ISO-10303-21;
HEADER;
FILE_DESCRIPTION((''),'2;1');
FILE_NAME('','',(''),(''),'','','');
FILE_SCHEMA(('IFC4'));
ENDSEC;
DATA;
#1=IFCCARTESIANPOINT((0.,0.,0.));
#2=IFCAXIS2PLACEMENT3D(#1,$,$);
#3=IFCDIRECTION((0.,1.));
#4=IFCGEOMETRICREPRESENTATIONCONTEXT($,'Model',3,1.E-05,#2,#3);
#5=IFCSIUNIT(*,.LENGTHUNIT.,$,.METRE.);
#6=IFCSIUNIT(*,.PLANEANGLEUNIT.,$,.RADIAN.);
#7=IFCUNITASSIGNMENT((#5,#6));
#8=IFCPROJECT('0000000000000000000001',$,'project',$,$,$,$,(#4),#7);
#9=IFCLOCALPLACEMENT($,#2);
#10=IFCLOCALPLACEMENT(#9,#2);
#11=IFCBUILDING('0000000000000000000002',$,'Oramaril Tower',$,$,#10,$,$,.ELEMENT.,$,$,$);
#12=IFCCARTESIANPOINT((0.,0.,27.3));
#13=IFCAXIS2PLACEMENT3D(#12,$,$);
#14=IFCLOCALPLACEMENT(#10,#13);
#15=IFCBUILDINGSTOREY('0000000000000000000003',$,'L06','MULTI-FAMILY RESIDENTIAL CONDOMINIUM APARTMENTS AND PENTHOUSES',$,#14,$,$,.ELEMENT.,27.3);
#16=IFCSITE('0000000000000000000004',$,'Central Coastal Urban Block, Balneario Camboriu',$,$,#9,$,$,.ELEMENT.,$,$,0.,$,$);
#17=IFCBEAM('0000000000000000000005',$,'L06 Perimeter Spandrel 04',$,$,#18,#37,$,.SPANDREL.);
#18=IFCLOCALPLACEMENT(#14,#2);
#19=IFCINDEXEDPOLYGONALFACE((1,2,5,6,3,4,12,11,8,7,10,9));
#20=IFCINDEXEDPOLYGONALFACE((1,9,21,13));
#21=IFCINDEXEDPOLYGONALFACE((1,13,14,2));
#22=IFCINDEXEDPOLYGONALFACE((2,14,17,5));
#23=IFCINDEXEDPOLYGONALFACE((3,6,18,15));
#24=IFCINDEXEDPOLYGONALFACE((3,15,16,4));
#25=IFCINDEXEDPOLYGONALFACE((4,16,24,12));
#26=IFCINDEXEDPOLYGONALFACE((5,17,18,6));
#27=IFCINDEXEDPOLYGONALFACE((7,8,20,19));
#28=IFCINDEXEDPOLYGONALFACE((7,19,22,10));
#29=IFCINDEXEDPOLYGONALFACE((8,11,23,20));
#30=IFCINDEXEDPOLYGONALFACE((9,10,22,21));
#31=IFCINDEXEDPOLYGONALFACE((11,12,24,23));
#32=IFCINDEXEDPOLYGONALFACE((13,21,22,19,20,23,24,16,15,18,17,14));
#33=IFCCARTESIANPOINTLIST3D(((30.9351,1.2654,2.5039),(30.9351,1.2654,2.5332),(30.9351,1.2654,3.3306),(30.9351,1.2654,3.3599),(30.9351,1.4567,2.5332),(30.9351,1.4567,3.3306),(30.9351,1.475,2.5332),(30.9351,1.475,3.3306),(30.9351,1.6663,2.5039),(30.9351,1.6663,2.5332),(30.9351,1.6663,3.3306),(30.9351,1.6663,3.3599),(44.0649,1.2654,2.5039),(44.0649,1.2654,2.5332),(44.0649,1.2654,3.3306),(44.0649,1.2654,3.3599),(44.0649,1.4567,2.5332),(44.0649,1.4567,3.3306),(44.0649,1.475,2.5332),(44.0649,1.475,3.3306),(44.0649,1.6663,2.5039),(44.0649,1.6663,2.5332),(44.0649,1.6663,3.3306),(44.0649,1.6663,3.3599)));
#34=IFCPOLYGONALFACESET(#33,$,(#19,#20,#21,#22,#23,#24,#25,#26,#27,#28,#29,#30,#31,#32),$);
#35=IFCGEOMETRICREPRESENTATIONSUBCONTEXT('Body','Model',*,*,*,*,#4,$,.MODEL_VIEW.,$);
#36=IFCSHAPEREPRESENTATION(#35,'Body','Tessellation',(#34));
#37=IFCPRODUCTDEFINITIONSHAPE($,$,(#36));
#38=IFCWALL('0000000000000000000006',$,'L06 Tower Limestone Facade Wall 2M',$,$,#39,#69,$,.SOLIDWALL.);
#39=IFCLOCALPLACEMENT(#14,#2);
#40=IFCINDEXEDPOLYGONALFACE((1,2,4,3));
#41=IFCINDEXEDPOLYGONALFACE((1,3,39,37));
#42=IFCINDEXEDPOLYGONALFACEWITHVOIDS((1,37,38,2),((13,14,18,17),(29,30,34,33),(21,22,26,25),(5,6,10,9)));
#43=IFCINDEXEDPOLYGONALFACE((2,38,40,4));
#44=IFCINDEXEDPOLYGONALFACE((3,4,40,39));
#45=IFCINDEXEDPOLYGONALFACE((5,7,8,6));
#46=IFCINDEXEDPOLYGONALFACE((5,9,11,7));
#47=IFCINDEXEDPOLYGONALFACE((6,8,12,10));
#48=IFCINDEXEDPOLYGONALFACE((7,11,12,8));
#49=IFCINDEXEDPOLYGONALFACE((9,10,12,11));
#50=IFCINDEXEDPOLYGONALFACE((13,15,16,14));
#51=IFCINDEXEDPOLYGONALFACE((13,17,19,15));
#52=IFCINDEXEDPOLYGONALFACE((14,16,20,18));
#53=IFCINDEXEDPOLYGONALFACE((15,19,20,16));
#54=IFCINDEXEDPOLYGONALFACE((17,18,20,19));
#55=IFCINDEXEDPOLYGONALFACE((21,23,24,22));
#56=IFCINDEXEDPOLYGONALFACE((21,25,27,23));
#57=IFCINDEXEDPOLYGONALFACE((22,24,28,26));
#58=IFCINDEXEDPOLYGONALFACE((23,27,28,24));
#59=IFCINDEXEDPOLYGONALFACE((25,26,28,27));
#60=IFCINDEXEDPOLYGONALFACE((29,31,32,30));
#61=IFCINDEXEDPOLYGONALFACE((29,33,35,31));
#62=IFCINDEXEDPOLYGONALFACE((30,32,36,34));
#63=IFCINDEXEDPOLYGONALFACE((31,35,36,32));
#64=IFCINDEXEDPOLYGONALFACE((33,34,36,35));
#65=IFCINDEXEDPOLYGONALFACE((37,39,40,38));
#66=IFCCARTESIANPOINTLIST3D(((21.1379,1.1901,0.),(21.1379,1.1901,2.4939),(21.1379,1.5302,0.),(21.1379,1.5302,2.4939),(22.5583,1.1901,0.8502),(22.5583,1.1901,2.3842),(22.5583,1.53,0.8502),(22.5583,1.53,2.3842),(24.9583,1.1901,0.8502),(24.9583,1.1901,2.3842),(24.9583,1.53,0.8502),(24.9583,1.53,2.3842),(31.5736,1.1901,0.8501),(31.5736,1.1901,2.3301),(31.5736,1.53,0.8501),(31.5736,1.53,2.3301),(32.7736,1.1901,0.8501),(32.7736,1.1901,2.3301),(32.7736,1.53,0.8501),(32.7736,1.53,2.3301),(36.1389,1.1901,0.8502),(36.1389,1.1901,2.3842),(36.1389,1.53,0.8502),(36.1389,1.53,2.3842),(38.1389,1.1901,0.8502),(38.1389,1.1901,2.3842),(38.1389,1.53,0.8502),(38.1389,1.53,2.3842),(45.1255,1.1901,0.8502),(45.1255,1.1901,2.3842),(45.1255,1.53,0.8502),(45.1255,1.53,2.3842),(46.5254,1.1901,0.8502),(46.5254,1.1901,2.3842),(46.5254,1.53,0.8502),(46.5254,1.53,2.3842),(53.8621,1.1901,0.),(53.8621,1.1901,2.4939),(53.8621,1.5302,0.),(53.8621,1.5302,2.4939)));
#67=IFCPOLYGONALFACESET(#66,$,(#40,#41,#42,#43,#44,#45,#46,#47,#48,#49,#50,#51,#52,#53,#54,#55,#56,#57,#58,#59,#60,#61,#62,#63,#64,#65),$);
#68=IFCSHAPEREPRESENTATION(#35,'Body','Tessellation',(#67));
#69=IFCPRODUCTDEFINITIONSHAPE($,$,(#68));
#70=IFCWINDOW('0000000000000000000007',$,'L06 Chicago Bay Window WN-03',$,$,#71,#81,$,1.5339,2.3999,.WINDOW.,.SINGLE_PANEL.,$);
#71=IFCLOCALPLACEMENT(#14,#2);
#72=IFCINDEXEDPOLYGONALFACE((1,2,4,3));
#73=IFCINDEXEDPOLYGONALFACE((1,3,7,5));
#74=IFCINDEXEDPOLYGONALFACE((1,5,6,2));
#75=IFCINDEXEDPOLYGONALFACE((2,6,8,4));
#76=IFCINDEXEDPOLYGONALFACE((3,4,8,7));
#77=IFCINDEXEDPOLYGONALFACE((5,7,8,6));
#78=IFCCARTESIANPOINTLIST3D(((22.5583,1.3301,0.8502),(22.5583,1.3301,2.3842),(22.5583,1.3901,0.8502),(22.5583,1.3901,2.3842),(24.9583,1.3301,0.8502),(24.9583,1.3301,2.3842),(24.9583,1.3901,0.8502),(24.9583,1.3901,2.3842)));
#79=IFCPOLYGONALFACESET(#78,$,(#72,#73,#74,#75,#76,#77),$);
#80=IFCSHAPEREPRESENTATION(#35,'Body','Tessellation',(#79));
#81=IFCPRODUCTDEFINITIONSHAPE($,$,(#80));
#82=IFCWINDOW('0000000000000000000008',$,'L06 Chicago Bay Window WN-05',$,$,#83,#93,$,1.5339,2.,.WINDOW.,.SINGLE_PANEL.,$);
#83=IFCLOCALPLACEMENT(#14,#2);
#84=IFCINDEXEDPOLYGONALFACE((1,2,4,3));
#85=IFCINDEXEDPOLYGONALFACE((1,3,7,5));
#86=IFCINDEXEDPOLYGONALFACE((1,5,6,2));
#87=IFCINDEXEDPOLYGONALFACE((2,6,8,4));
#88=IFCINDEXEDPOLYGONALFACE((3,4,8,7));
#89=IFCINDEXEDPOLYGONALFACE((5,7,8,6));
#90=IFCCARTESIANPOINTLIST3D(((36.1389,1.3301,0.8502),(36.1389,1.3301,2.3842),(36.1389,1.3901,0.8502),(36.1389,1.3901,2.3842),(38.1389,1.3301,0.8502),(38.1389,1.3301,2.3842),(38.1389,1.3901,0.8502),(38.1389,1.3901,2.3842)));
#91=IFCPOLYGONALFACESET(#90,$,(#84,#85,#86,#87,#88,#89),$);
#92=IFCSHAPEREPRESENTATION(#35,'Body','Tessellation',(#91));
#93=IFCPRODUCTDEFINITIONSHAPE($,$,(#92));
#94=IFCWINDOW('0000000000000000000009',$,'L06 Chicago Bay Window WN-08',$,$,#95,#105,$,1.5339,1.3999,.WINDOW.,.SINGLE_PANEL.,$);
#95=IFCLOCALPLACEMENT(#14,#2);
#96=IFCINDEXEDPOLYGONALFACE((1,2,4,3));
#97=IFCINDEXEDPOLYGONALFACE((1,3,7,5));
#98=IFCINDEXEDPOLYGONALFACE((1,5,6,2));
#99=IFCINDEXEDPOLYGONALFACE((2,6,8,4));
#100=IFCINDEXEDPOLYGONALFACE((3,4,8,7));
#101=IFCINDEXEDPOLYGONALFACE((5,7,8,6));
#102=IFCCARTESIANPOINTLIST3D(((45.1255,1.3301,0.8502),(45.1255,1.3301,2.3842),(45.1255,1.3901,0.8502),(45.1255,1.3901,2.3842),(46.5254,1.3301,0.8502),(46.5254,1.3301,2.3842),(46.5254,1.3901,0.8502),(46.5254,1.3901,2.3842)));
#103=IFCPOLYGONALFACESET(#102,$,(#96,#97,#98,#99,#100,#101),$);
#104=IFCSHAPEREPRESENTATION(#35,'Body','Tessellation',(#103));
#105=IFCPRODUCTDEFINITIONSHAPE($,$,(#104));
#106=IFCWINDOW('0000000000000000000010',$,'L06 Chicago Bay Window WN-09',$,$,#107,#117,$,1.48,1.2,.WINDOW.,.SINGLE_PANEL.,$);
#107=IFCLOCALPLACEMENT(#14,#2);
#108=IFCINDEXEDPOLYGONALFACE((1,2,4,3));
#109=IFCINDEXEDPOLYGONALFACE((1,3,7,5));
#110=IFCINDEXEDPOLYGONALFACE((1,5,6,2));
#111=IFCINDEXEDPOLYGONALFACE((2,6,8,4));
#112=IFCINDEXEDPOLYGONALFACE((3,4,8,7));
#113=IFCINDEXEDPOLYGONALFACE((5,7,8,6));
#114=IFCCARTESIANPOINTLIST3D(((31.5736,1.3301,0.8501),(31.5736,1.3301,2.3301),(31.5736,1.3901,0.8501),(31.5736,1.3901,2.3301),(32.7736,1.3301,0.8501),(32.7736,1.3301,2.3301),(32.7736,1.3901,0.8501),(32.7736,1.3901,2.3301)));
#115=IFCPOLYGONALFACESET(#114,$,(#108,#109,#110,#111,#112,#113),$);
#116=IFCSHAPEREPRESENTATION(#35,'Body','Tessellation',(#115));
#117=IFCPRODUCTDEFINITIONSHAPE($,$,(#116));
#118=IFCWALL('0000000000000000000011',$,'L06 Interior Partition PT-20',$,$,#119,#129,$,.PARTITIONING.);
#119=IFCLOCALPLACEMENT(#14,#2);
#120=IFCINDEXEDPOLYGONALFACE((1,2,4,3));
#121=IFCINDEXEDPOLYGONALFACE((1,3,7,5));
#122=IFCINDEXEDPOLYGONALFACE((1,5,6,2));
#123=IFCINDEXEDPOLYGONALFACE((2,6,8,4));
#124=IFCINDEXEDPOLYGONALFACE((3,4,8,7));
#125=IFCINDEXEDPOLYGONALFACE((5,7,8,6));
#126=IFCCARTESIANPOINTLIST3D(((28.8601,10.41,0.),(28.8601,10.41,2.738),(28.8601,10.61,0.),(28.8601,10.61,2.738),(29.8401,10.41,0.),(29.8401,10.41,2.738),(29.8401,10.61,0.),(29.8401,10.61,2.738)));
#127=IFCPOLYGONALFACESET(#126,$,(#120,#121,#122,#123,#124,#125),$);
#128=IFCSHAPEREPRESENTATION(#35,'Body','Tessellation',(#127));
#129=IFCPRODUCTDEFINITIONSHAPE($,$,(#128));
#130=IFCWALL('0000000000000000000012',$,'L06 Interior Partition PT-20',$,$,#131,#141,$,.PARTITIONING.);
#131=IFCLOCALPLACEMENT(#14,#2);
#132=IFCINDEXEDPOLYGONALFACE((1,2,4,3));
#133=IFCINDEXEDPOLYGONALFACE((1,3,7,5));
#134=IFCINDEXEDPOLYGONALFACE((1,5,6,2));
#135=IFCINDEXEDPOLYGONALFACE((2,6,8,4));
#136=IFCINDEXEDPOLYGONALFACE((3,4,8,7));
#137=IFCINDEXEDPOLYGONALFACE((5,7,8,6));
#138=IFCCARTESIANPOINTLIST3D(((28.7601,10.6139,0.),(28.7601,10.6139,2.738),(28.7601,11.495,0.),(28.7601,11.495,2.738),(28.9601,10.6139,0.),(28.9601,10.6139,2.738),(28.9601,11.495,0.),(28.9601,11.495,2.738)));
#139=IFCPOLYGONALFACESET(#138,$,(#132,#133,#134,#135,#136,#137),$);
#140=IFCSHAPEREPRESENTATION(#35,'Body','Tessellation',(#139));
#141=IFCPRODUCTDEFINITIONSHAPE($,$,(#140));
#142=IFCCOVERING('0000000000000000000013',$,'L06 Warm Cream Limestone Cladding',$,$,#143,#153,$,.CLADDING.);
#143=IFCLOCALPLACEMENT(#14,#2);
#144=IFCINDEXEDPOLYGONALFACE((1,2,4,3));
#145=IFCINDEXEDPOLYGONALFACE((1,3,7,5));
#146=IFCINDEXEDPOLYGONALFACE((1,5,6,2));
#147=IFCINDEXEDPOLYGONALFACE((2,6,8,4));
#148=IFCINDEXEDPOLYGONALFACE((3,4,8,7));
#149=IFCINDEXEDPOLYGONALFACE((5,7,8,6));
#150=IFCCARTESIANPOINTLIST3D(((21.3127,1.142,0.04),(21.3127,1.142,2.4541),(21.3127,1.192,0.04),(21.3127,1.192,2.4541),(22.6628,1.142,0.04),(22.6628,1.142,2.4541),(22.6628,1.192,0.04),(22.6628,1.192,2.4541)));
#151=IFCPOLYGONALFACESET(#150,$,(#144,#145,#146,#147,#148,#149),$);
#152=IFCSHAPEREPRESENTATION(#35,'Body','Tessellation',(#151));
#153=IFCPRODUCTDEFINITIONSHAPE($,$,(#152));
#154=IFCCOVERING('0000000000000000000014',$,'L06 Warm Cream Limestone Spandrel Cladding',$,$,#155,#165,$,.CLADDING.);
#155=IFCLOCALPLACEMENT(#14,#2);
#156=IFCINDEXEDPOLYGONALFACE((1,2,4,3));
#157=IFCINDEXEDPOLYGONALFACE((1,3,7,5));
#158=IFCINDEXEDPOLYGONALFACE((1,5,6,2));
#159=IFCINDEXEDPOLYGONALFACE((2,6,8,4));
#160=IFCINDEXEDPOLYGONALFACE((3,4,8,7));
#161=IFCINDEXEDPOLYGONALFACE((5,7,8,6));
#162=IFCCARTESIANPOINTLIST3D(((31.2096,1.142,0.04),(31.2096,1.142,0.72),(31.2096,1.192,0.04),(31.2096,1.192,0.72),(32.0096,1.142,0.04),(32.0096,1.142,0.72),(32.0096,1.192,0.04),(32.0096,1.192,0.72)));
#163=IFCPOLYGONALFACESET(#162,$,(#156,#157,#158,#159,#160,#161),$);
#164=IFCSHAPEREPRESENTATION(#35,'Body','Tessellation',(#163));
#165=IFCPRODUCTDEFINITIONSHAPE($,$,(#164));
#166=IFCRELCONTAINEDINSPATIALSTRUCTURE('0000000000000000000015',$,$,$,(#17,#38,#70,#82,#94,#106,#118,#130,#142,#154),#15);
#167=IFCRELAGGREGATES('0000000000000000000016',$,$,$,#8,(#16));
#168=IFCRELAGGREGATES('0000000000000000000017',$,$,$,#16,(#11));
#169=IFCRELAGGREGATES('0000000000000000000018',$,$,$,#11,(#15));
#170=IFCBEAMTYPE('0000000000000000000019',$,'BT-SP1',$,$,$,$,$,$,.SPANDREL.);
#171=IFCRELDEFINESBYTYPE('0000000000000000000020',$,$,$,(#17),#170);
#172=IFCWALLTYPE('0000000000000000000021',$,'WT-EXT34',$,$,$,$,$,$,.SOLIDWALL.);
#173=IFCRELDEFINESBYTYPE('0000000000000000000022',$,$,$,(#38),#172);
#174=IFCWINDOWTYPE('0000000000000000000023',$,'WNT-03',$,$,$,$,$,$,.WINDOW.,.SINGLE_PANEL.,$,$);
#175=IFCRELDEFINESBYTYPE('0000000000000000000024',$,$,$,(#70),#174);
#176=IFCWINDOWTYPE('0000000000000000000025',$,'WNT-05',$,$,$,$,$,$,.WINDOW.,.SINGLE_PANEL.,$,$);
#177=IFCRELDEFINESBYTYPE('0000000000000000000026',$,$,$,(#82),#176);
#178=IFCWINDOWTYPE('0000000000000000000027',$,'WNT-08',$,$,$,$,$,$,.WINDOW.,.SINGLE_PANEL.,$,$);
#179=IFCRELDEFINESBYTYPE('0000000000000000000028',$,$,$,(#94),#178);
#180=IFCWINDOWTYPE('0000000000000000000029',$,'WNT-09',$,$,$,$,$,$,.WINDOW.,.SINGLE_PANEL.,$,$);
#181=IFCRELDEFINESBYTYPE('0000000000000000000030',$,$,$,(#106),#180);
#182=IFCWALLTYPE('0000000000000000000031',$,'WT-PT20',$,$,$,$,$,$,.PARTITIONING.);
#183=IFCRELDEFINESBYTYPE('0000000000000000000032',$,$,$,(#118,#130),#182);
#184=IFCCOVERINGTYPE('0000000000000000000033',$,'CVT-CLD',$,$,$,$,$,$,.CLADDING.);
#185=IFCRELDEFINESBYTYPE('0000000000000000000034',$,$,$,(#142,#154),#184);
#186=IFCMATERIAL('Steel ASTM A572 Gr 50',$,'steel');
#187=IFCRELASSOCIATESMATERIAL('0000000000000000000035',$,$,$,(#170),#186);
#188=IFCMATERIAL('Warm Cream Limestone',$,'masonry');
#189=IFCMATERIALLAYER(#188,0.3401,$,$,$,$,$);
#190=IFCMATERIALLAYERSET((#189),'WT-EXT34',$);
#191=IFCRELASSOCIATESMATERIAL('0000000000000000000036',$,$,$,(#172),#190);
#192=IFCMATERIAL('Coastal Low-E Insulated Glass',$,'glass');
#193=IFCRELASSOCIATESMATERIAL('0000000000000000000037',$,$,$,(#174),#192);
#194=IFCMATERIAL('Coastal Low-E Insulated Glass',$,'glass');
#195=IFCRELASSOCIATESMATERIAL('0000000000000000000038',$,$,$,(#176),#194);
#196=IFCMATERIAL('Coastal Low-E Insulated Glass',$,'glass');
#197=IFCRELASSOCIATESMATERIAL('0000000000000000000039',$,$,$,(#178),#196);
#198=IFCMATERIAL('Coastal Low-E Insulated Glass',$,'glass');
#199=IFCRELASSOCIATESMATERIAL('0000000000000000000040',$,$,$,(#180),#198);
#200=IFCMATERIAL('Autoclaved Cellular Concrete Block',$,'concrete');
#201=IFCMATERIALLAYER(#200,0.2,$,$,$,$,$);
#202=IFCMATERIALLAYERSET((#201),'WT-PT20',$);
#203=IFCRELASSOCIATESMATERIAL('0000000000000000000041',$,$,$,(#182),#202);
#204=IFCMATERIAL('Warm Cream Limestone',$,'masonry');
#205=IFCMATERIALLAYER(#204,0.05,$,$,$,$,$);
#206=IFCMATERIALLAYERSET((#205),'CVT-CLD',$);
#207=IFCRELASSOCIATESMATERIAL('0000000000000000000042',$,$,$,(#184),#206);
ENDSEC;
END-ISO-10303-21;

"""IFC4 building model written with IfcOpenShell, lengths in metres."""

from ifc_helpers import new_model, si_unit, direction, frame, frame_2d, origin, origin_2d, place, context, subcontext, project, spatial, rectangle, i_section, extrude, material, layer, layer_set, material_profile, profile_set, type_object, element, fill, save


model = new_model("IFC4")

# Units and contexts
model_context = context("Model", 3, precision=1e-05, world=origin(), true_north=direction((0.0, 1.0)))
body_context = subcontext(model_context, "Body", "Model", "MODEL_VIEW")
ifc_project = project(units=[si_unit("LENGTHUNIT", "METRE"), si_unit("PLANEANGLEUNIT", "RADIAN")], contexts=[model_context])

# Site, building, storey
site_placement = place(None, origin())
site = spatial("IfcSite", under=ifc_project, at=site_placement, Name="Central Coastal Urban Block, Balneario Camboriu", CompositionType="ELEMENT", RefElevation=0.0)
building_placement = place(site_placement, origin())
building = spatial("IfcBuilding", under=site, at=building_placement, Name="Oramaril Tower", CompositionType="ELEMENT")
storey_placement = place(building_placement, frame((0.0, 0.0, 27.3)))
storey = spatial("IfcBuildingStorey", under=building, at=storey_placement, Name="L06", Description="MULTI-FAMILY RESIDENTIAL CONDOMINIUM APARTMENTS AND PENTHOUSES", CompositionType="ELEMENT", Elevation=27.3)

# Beam
ifc_material_1 = material(Name="Steel ASTM A572 Gr 50", Category="steel")
ifc_material_profile_1 = material_profile(ifc_material_1, i_section(OverallWidth=0.4009, OverallDepth=0.856, WebThickness=0.0183, FlangeThickness=0.0293, at=origin_2d()), Name="W33X201")
ifc_profile_set_1 = profile_set([ifc_material_profile_1], Name="Steel ASTM A572 Gr 50")
beam_type_1 = type_object("IfcBeamType", Name="BT-SP1", PredefinedType="SPANDREL", material=ifc_profile_set_1)
beam_1_placement = place(storey_placement, frame((30.9351, 1.4658, 2.9319), z_axis=(1.0, 0.0, 0.0), x_axis=(0.0, 1.0, 0.0)))
element("IfcBeam", 1, at=beam_1_placement, inside=storey, type_object=beam_type_1, Name="L06 Perimeter Spandrel 04", PredefinedType="SPANDREL", context=body_context, shape_type="SweptSolid", body=[
    extrude(i_section(OverallWidth=0.4009, OverallDepth=0.856, WebThickness=0.0183, FlangeThickness=0.0293, at=origin_2d()), origin(), (0.0, 0.0, 1.0), 13.1299),
])

# Wall, openings, windows
ifc_material_2 = material(Name="Warm Cream Limestone", Category="masonry")
ifc_layer_1 = layer(ifc_material_2, 0.3401)
ifc_layer_set_1 = layer_set([ifc_layer_1], Name="WT-EXT34")
wall_type_1 = type_object("IfcWallType", Name="WT-EXT34", PredefinedType="SOLIDWALL", material=ifc_layer_set_1)
wall_1_placement = place(storey_placement, frame((21.1379, 1.3601, 0.0), z_axis=(0.0, 0.0, 1.0), x_axis=(1.0, 0.0, 0.0)))
wall_1 = element("IfcWall", 2, at=wall_1_placement, inside=storey, type_object=wall_type_1, Name="L06 Tower Limestone Facade Wall 2M", PredefinedType="SOLIDWALL", context=body_context, shape_type="SweptSolid", body=[
    extrude(rectangle(XDim=32.7241, YDim=0.3401, at=frame_2d((16.3621, 0.0))), origin(), (0.0, 0.0, 1.0), 2.4939),
])
opening_1_placement = place(wall_1_placement, frame((1.4204, 0.0, 0.8501)))
opening_1 = element("IfcOpeningElement", 3, at=opening_1_placement, cuts=wall_1, PredefinedType="OPENING", context=body_context, shape_type="SweptSolid", body=[
    extrude(rectangle(XDim=2.3999, YDim=1.5339, at=frame_2d((1.2, 0.7671))), frame((0.0, 0.1699, 0.0), z_axis=(0.0, -1.0, 0.0), x_axis=(1.0, 0.0, 0.0)), (0.0, 0.0, 1.0), 0.3401),
])
opening_2_placement = place(wall_1_placement, frame((10.4355, 0.0, 0.8501)))
opening_2 = element("IfcOpeningElement", 4, at=opening_2_placement, cuts=wall_1, PredefinedType="OPENING", context=body_context, shape_type="SweptSolid", body=[
    extrude(rectangle(XDim=1.2, YDim=1.48, at=frame_2d((0.6001, 0.74))), frame((0.0, 0.1699, 0.0), z_axis=(0.0, -1.0, 0.0), x_axis=(1.0, 0.0, 0.0)), (0.0, 0.0, 1.0), 0.3401),
])
opening_3_placement = place(wall_1_placement, frame((15.001, 0.0, 0.8501)))
opening_3 = element("IfcOpeningElement", 5, at=opening_3_placement, cuts=wall_1, PredefinedType="OPENING", context=body_context, shape_type="SweptSolid", body=[
    extrude(rectangle(XDim=2.0, YDim=1.5339, at=frame_2d((1.0, 0.7671))), frame((0.0, 0.1699, 0.0), z_axis=(0.0, -1.0, 0.0), x_axis=(1.0, 0.0, 0.0)), (0.0, 0.0, 1.0), 0.3401),
])
opening_4_placement = place(wall_1_placement, frame((23.9875, 0.0, 0.8501)))
opening_4 = element("IfcOpeningElement", 6, at=opening_4_placement, cuts=wall_1, PredefinedType="OPENING", context=body_context, shape_type="SweptSolid", body=[
    extrude(rectangle(XDim=1.3999, YDim=1.5339, at=frame_2d((0.7, 0.7671))), frame((0.0, 0.1699, 0.0), z_axis=(0.0, -1.0, 0.0), x_axis=(1.0, 0.0, 0.0)), (0.0, 0.0, 1.0), 0.3401),
])
ifc_material_3 = material(Name="Coastal Low-E Insulated Glass", Category="glass")
window_type_1 = type_object("IfcWindowType", Name="WNT-03", PartitioningType="SINGLE_PANEL", PredefinedType="WINDOW", material=ifc_material_3)
window_1_placement = place(opening_1_placement, origin())
window_1 = element("IfcWindow", 7, at=window_1_placement, inside=storey, type_object=window_type_1, Name="L06 Chicago Bay Window WN-03", OverallHeight=1.5339, OverallWidth=2.3999, PartitioningType="SINGLE_PANEL", PredefinedType="WINDOW", context=body_context, shape_type="SweptSolid", body=[
    extrude(rectangle(XDim=2.3999, YDim=1.5339, at=frame_2d((1.2, 0.7671))), frame((0.0, 0.03, 0.0), z_axis=(0.0, -1.0, 0.0), x_axis=(1.0, 0.0, 0.0)), (0.0, 0.0, 1.0), 0.0601),
])
fill(opening_1, window_1)
ifc_material_4 = material(Name="Coastal Low-E Insulated Glass", Category="glass")
window_type_2 = type_object("IfcWindowType", Name="WNT-05", PartitioningType="SINGLE_PANEL", PredefinedType="WINDOW", material=ifc_material_4)
window_2_placement = place(opening_3_placement, origin())
window_2 = element("IfcWindow", 8, at=window_2_placement, inside=storey, type_object=window_type_2, Name="L06 Chicago Bay Window WN-05", OverallHeight=1.5339, OverallWidth=2.0, PartitioningType="SINGLE_PANEL", PredefinedType="WINDOW", context=body_context, shape_type="SweptSolid", body=[
    extrude(rectangle(XDim=2.0, YDim=1.5339, at=frame_2d((1.0, 0.7671))), frame((0.0, 0.03, 0.0), z_axis=(0.0, -1.0, 0.0), x_axis=(1.0, 0.0, 0.0)), (0.0, 0.0, 1.0), 0.0601),
])
fill(opening_3, window_2)
ifc_material_5 = material(Name="Coastal Low-E Insulated Glass", Category="glass")
window_type_3 = type_object("IfcWindowType", Name="WNT-08", PartitioningType="SINGLE_PANEL", PredefinedType="WINDOW", material=ifc_material_5)
window_3_placement = place(opening_4_placement, origin())
window_3 = element("IfcWindow", 9, at=window_3_placement, inside=storey, type_object=window_type_3, Name="L06 Chicago Bay Window WN-08", OverallHeight=1.5339, OverallWidth=1.3999, PartitioningType="SINGLE_PANEL", PredefinedType="WINDOW", context=body_context, shape_type="SweptSolid", body=[
    extrude(rectangle(XDim=1.3999, YDim=1.5339, at=frame_2d((0.7, 0.7671))), frame((0.0, 0.03, 0.0), z_axis=(0.0, -1.0, 0.0), x_axis=(1.0, 0.0, 0.0)), (0.0, 0.0, 1.0), 0.0601),
])
fill(opening_4, window_3)
ifc_material_6 = material(Name="Coastal Low-E Insulated Glass", Category="glass")
window_type_4 = type_object("IfcWindowType", Name="WNT-09", PartitioningType="SINGLE_PANEL", PredefinedType="WINDOW", material=ifc_material_6)
window_4_placement = place(opening_2_placement, origin())
window_4 = element("IfcWindow", 10, at=window_4_placement, inside=storey, type_object=window_type_4, Name="L06 Chicago Bay Window WN-09", OverallHeight=1.48, OverallWidth=1.2, PartitioningType="SINGLE_PANEL", PredefinedType="WINDOW", context=body_context, shape_type="SweptSolid", body=[
    extrude(rectangle(XDim=1.2, YDim=1.48, at=frame_2d((0.6001, 0.74))), frame((0.0, 0.03, 0.0), z_axis=(0.0, -1.0, 0.0), x_axis=(1.0, 0.0, 0.0)), (0.0, 0.0, 1.0), 0.0601),
])
fill(opening_2, window_4)

# Walls
ifc_material_7 = material(Name="Autoclaved Cellular Concrete Block", Category="concrete")
ifc_layer_2 = layer(ifc_material_7, 0.2)
ifc_layer_set_2 = layer_set([ifc_layer_2], Name="WT-PT20")
wall_type_2 = type_object("IfcWallType", Name="WT-PT20", PredefinedType="PARTITIONING", material=ifc_layer_set_2)
wall_2_placement = place(storey_placement, frame((28.8601, 10.51, 0.0), z_axis=(0.0, 0.0, 1.0), x_axis=(1.0, 0.0, 0.0)))
element("IfcWall", 11, at=wall_2_placement, inside=storey, type_object=wall_type_2, Name="L06 Interior Partition PT-20", PredefinedType="PARTITIONING", context=body_context, shape_type="SweptSolid", body=[
    extrude(rectangle(XDim=0.98, YDim=0.2, at=frame_2d((0.49, 0.0))), origin(), (0.0, 0.0, 1.0), 2.738),
])
wall_3_placement = place(storey_placement, frame((28.8601, 10.614, 0.0), z_axis=(0.0, 0.0, 1.0), x_axis=(0.0, 1.0, 0.0)))
element("IfcWall", 12, at=wall_3_placement, inside=storey, type_object=wall_type_2, Name="L06 Interior Partition PT-20", PredefinedType="PARTITIONING", context=body_context, shape_type="SweptSolid", body=[
    extrude(rectangle(XDim=0.8811, YDim=0.2, at=frame_2d((0.4404, 0.0))), origin(), (0.0, 0.0, 1.0), 2.738),
])

# Coverings
ifc_material_8 = material(Name="Warm Cream Limestone", Category="masonry")
ifc_layer_3 = layer(ifc_material_8, 0.05)
ifc_layer_set_3 = layer_set([ifc_layer_3], Name="CVT-CLD")
covering_type = type_object("IfcCoveringType", Name="CVT-CLD", PredefinedType="CLADDING", material=ifc_layer_set_3)
covering_1_placement = place(storey_placement, frame((21.9878, 1.167, 0.04), z_axis=(0.0, 0.0, 1.0), x_axis=(1.0, 0.0, 0.0)))
element("IfcCovering", 13, at=covering_1_placement, inside=storey, type_object=covering_type, Name="L06 Warm Cream Limestone Cladding", PredefinedType="CLADDING", context=body_context, shape_type="SweptSolid", body=[
    extrude(rectangle(XDim=1.3501, YDim=0.05, at=origin_2d()), origin(), (0.0, 0.0, 1.0), 2.4141),
])
covering_2_placement = place(storey_placement, frame((31.6096, 1.167, 0.04), z_axis=(0.0, 0.0, 1.0), x_axis=(1.0, 0.0, 0.0)))
element("IfcCovering", 14, at=covering_2_placement, inside=storey, type_object=covering_type, Name="L06 Warm Cream Limestone Spandrel Cladding", PredefinedType="CLADDING", context=body_context, shape_type="SweptSolid", body=[
    extrude(rectangle(XDim=0.8, YDim=0.05, at=origin_2d()), origin(), (0.0, 0.0, 1.0), 0.6799),
])

save(model, "model.ifc")
